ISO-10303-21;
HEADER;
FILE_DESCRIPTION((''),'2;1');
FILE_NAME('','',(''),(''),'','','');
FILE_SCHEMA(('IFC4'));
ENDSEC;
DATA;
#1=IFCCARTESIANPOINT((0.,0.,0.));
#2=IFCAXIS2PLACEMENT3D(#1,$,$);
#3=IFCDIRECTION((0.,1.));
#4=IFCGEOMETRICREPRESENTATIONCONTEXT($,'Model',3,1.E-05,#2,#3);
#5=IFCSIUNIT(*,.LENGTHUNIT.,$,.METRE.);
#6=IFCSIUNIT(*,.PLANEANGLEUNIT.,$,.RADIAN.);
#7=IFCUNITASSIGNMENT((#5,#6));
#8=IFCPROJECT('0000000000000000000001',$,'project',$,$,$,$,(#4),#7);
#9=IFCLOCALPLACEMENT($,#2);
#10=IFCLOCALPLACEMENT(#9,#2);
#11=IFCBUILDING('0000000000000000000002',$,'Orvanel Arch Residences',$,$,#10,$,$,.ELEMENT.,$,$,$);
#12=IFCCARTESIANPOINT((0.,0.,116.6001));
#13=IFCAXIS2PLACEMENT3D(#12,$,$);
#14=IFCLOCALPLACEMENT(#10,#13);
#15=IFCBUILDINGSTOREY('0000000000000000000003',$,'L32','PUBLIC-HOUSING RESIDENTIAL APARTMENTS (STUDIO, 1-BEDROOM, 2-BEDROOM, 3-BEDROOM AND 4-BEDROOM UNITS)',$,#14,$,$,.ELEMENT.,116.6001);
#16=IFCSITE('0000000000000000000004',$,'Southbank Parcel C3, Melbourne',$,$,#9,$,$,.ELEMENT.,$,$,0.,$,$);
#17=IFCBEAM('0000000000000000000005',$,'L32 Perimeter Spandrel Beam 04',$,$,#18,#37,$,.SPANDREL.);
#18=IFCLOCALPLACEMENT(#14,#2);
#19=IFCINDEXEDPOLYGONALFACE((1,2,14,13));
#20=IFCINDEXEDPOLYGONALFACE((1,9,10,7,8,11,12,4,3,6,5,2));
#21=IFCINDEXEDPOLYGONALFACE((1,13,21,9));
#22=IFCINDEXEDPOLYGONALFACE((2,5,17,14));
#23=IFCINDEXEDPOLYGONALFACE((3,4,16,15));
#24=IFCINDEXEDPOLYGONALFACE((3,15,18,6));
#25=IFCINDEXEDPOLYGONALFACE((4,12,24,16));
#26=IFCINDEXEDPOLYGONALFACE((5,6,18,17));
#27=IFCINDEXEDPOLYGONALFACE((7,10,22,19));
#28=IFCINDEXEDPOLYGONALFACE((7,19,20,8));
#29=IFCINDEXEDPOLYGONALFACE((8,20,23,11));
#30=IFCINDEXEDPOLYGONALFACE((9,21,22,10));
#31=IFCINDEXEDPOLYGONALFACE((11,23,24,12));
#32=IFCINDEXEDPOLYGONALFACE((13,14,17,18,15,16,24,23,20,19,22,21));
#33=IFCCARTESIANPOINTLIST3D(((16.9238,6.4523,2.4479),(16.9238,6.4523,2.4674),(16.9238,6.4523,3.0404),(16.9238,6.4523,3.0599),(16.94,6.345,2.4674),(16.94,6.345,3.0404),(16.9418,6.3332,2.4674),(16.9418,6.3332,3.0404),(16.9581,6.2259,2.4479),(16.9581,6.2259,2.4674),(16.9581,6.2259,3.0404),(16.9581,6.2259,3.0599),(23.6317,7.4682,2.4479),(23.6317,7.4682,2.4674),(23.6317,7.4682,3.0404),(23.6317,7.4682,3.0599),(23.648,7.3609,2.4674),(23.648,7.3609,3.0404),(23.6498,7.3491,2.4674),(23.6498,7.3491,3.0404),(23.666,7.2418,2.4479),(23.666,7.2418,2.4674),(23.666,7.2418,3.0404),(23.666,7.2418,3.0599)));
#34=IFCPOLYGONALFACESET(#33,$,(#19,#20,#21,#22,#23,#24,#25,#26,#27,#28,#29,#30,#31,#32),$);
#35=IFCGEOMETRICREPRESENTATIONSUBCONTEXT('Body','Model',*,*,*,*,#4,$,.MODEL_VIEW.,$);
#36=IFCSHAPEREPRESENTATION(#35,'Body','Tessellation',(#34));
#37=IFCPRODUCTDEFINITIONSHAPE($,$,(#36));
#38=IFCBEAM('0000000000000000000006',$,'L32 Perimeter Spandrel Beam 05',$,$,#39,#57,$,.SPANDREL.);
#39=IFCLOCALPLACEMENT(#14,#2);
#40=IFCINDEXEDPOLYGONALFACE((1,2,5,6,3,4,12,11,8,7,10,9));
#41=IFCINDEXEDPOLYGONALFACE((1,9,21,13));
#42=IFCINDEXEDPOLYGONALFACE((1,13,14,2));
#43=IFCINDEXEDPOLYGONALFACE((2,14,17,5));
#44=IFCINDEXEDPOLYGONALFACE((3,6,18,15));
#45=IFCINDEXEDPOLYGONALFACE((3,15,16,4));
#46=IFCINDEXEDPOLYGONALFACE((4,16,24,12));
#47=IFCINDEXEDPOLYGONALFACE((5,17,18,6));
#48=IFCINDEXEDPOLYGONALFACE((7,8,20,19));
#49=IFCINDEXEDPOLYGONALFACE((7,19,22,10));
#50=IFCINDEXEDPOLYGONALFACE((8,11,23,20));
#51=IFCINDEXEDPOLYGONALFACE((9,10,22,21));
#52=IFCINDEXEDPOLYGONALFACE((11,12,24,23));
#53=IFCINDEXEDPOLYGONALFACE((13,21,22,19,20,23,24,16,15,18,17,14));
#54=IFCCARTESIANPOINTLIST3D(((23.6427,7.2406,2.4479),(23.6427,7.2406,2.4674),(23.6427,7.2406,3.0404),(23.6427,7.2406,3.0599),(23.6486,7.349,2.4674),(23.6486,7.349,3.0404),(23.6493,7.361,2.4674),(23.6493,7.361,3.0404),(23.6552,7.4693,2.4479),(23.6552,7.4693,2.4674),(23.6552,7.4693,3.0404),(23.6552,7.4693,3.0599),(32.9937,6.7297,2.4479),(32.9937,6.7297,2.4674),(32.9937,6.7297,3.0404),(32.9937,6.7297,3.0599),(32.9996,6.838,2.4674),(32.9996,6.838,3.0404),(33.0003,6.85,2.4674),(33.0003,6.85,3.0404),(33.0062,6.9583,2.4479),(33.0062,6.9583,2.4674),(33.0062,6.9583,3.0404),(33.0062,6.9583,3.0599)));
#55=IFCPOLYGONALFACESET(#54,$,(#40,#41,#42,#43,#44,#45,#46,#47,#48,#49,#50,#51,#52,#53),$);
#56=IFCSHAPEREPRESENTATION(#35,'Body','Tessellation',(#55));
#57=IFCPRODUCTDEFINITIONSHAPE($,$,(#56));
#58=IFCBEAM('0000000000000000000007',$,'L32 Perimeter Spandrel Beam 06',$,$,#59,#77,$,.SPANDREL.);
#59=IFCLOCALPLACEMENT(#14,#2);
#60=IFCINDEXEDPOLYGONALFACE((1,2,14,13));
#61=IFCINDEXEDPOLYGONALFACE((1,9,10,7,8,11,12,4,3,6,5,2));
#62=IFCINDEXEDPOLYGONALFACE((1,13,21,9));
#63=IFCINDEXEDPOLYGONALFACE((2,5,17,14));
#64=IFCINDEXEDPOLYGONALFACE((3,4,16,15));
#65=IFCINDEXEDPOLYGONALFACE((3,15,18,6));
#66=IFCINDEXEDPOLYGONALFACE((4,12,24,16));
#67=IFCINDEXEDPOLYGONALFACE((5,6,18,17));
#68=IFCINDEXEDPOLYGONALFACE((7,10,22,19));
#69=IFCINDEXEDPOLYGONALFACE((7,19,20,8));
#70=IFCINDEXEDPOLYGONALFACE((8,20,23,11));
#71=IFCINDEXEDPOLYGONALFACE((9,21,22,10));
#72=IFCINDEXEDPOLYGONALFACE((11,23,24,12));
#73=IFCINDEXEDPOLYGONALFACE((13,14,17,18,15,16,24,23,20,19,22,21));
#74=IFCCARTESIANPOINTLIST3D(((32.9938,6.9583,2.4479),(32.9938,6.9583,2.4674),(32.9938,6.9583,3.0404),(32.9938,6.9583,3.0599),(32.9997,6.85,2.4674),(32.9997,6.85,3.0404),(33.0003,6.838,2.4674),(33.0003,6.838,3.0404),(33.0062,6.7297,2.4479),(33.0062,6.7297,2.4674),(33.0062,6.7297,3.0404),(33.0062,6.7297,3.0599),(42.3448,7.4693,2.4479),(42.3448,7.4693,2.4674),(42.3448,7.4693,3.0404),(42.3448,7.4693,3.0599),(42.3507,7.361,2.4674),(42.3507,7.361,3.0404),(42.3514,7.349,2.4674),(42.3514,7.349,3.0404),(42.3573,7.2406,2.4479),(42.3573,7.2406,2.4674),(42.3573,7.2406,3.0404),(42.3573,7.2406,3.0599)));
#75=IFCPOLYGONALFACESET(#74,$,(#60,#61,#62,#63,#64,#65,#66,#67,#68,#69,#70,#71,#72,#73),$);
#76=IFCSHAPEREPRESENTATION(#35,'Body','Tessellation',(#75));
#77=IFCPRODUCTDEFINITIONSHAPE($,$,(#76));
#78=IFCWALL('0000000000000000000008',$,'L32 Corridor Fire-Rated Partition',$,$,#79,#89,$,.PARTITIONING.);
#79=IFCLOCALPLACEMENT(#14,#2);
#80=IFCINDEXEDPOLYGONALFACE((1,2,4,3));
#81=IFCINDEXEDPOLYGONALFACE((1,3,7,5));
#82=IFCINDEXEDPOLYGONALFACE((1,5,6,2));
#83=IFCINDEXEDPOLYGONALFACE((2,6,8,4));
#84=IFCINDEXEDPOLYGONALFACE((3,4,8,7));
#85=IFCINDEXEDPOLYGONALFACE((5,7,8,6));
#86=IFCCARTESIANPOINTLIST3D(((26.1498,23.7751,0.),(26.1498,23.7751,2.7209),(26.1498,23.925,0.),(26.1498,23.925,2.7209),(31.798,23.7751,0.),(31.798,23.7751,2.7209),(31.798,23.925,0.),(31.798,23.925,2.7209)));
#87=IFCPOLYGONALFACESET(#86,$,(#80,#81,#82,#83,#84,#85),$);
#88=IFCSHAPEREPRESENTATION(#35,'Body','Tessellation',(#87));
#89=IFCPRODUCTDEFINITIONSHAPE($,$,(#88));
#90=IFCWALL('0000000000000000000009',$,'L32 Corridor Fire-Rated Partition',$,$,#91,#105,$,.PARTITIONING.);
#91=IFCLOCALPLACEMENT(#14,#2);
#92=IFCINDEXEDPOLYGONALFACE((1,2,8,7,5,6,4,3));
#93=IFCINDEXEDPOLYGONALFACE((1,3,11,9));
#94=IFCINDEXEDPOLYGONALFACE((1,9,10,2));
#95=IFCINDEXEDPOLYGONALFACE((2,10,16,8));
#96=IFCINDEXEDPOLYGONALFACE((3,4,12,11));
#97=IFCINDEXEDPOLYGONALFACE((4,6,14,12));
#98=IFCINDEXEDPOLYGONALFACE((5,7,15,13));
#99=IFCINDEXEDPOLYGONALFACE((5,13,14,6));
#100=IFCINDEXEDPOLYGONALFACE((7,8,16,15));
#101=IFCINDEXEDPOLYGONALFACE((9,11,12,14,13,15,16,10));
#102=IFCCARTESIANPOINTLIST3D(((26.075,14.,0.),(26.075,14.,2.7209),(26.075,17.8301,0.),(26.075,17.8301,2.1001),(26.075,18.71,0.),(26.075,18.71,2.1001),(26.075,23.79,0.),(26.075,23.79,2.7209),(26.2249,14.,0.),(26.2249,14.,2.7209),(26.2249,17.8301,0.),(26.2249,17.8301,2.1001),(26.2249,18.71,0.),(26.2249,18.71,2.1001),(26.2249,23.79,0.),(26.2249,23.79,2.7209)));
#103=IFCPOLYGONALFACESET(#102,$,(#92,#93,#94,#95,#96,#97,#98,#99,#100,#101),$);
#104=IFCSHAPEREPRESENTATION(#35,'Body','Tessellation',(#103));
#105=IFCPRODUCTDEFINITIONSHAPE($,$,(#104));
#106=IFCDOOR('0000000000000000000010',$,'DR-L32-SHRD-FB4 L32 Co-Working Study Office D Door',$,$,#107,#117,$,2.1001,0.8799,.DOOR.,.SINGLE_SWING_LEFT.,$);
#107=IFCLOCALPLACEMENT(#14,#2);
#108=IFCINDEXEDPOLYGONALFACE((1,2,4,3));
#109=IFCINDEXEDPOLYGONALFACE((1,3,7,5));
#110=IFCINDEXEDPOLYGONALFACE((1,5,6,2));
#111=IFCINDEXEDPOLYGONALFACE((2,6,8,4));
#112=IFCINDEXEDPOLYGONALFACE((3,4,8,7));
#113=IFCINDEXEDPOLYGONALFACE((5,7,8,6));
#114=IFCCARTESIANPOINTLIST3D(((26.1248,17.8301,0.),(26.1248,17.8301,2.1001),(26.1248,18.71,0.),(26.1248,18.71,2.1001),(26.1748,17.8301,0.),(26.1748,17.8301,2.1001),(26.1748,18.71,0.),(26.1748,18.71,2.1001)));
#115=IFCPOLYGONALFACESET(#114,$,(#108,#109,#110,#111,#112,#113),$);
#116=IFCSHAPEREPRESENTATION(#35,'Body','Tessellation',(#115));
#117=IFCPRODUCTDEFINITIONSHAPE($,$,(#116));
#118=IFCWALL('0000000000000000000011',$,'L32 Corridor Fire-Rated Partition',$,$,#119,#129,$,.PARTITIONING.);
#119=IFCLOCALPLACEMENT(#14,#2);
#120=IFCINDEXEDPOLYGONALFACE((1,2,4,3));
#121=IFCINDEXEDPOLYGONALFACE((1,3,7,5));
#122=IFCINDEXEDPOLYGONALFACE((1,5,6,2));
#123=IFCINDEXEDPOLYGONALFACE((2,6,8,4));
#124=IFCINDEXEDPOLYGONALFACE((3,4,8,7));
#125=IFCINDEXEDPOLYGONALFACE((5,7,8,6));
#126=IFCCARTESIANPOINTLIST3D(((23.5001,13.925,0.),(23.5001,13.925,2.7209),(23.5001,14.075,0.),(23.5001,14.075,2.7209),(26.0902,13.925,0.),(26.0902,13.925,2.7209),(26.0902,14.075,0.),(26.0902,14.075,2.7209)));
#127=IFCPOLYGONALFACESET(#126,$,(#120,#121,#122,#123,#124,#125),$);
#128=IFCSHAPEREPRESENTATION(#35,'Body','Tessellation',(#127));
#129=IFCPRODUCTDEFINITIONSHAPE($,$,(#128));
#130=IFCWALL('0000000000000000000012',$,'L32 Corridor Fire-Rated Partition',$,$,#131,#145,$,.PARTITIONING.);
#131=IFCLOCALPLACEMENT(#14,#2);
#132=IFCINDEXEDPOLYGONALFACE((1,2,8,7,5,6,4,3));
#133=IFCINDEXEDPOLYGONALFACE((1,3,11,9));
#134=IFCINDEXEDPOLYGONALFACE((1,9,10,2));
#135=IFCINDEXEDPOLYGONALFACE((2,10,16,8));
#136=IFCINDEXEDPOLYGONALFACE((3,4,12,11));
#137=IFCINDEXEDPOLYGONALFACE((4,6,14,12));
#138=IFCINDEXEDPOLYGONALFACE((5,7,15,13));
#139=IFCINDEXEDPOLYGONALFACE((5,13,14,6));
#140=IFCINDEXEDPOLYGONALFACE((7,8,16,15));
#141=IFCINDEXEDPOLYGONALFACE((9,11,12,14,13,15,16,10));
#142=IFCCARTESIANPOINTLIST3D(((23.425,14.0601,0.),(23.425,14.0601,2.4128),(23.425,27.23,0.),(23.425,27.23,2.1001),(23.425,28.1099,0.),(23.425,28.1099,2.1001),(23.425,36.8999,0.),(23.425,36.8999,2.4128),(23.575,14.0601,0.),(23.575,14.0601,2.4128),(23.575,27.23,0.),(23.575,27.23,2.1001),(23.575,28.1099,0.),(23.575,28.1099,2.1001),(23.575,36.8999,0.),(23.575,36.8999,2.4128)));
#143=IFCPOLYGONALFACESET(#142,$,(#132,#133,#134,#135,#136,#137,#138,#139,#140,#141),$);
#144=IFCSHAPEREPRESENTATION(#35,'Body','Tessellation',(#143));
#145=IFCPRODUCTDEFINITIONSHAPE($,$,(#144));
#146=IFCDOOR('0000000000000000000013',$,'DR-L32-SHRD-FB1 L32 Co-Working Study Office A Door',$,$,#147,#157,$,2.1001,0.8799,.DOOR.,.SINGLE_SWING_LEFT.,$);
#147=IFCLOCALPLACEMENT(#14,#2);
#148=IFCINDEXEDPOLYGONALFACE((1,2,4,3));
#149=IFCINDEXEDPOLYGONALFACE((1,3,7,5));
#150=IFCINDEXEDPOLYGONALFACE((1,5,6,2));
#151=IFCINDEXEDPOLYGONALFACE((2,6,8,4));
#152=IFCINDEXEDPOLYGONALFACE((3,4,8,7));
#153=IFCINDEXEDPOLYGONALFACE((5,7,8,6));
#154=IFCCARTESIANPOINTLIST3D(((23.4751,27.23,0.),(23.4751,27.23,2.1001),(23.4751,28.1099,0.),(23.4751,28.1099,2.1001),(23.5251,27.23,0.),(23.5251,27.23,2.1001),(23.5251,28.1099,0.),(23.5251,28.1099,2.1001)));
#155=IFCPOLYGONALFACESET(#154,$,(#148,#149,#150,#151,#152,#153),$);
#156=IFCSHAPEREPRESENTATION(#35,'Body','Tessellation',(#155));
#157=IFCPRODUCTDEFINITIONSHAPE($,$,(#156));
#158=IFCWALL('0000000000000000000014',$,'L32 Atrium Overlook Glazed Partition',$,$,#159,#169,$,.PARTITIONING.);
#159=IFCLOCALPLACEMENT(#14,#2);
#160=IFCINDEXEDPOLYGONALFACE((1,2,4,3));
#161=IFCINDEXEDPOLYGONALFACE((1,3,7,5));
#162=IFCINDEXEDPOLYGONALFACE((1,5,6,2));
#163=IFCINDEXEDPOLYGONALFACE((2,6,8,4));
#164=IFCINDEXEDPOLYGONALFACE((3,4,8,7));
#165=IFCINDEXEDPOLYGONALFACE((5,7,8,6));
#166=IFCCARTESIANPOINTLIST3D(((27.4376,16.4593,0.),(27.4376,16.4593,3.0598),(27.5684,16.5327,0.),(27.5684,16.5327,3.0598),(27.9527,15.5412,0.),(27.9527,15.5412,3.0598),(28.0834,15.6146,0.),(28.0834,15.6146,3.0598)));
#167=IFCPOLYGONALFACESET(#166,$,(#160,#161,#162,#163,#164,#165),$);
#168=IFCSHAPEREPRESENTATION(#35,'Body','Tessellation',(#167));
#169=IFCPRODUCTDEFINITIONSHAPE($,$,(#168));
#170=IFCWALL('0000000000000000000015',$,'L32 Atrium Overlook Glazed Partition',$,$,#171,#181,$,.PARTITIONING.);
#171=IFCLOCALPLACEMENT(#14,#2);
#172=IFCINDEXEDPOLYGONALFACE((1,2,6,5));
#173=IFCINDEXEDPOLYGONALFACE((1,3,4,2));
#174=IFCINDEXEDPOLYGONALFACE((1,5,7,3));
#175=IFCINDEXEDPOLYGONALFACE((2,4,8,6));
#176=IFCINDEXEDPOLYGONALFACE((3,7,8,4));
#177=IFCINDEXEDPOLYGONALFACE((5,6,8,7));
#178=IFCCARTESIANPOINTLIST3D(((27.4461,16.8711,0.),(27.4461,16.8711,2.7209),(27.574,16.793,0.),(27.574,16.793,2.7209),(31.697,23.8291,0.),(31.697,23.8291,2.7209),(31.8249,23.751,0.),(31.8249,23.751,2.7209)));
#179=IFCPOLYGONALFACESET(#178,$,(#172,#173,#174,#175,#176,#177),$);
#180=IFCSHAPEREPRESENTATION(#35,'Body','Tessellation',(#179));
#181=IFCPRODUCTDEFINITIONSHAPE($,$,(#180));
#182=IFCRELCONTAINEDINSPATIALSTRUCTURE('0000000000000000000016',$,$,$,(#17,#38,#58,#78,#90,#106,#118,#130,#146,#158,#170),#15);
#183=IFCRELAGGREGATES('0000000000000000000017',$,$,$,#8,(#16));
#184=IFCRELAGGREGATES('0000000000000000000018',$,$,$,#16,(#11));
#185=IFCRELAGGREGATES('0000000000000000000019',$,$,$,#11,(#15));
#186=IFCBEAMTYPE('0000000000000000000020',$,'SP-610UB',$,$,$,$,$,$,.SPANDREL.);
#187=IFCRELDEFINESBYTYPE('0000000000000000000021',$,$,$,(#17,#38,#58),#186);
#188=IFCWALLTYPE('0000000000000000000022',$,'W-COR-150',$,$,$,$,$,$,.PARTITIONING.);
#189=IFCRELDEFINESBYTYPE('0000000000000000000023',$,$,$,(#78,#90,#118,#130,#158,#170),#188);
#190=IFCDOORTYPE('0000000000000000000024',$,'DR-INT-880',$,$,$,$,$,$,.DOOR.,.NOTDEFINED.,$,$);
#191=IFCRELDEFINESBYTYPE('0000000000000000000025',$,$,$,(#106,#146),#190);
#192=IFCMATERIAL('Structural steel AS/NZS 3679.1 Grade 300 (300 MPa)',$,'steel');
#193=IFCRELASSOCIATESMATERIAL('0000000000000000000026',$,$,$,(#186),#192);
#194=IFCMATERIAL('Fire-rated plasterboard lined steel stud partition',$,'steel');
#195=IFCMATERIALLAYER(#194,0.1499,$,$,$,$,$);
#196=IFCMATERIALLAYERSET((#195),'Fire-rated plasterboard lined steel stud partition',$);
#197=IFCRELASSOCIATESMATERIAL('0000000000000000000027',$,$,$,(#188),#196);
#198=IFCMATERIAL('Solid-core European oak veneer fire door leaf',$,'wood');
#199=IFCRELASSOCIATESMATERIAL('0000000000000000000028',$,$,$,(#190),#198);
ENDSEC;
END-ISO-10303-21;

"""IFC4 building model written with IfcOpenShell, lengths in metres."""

from ifc_helpers import new_model, si_unit, direction, frame, frame_2d, origin, origin_2d, place, context, subcontext, project, spatial, rectangle, i_section, extrude, material, layer, layer_set, material_profile, profile_set, type_object, element, fill, save


model = new_model("IFC4")

# Units and contexts
model_context = context("Model", 3, precision=1e-05, world=origin(), true_north=direction((0.0, 1.0)))
body_context = subcontext(model_context, "Body", "Model", "MODEL_VIEW")
ifc_project = project(units=[si_unit("LENGTHUNIT", "METRE"), si_unit("PLANEANGLEUNIT", "RADIAN")], contexts=[model_context])

# Site, building, storey
site_placement = place(None, origin())
site = spatial("IfcSite", under=ifc_project, at=site_placement, Name="Southbank Parcel C3, Melbourne", CompositionType="ELEMENT", RefElevation=0.0)
building_placement = place(site_placement, origin())
building = spatial("IfcBuilding", under=site, at=building_placement, Name="Orvanel Arch Residences", CompositionType="ELEMENT")
storey_placement = place(building_placement, frame((0.0, 0.0, 116.6001)))
storey = spatial("IfcBuildingStorey", under=building, at=storey_placement, Name="L32", Description="PUBLIC-HOUSING RESIDENTIAL APARTMENTS (STUDIO, 1-BEDROOM, 2-BEDROOM, 3-BEDROOM AND 4-BEDROOM UNITS)", CompositionType="ELEMENT", Elevation=116.6001)

# Beams
ifc_material_1 = material(Name="Structural steel AS/NZS 3679.1 Grade 300 (300 MPa)", Category="steel")
ifc_material_profile_1 = material_profile(ifc_material_1, i_section(OverallWidth=0.229, OverallDepth=0.6121, WebThickness=0.012, FlangeThickness=0.0195, at=origin_2d()), Name="610UB125")
ifc_profile_set_1 = profile_set([ifc_material_profile_1], Name="Structural steel AS/NZS 3679.1 Grade 300 (300 MPa)")
beam_type = type_object("IfcBeamType", Name="SP-610UB", PredefinedType="SPANDREL", material=ifc_profile_set_1)
beam_1_placement = place(storey_placement, frame((16.9409, 6.3391, 2.7539), z_axis=(0.988726, 0.149734, 0.0), x_axis=(-0.149734, 0.988726, 0.0)))
element("IfcBeam", 1, at=beam_1_placement, inside=storey, type_object=beam_type, Name="L32 Perimeter Spandrel Beam 04", PredefinedType="SPANDREL", context=body_context, shape_type="SweptSolid", body=[
    extrude(i_section(OverallWidth=0.229, OverallDepth=0.6121, WebThickness=0.012, FlangeThickness=0.0195, at=origin_2d()), origin(), (0.0, 0.0, 1.0), 6.7844),
])
for number, where, z_axis, x_axis, name in (
    (2, (23.6489, 7.355, 2.7539), (0.99851, -0.054563, 0.0), (0.054563, 0.99851, 0.0), "L32 Perimeter Spandrel Beam 05"),
    (3, (33.0, 6.844, 2.7539), (0.99851, 0.054563, 0.0), (-0.054563, 0.99851, 0.0), "L32 Perimeter Spandrel Beam 06"),
):
    element("IfcBeam", number, at=place(storey_placement, frame(where, z_axis=z_axis, x_axis=x_axis)), inside=storey, type_object=beam_type, Name=name, PredefinedType="SPANDREL", context=body_context, shape_type="SweptSolid", body=[
        extrude(i_section(OverallWidth=0.229, OverallDepth=0.6121, WebThickness=0.012, FlangeThickness=0.0195, at=origin_2d()), origin(), (0.0, 0.0, 1.0), 9.365),
    ])

# Wall
ifc_material_2 = material(Name="Fire-rated plasterboard lined steel stud partition", Category="steel")
ifc_layer_1 = layer(ifc_material_2, 0.1499)
ifc_layer_set_1 = layer_set([ifc_layer_1], Name="Fire-rated plasterboard lined steel stud partition")
wall_type_1 = type_object("IfcWallType", Name="W-COR-150", PredefinedType="PARTITIONING", material=ifc_layer_set_1)
wall_1_placement = place(storey_placement, frame((31.7981, 23.8501, 0.0), z_axis=(0.0, 0.0, 1.0), x_axis=(-1.0, 0.0, 0.0)))
element("IfcWall", 4, at=wall_1_placement, inside=storey, type_object=wall_type_1, Name="L32 Corridor Fire-Rated Partition", PredefinedType="PARTITIONING", context=body_context, shape_type="SweptSolid", body=[
    extrude(rectangle(XDim=5.6482, YDim=0.1499, at=frame_2d((2.8242, 0.0))), origin(), (0.0, 0.0, 1.0), 2.7209),
])

# Wall, opening, door
wall_2_placement = place(storey_placement, frame((26.1499, 23.79, 0.0), z_axis=(0.0, 0.0, 1.0), x_axis=(0.0, -1.0, 0.0)))
wall_2 = element("IfcWall", 5, at=wall_2_placement, inside=storey, type_object=wall_type_1, Name="L32 Corridor Fire-Rated Partition", PredefinedType="PARTITIONING", context=body_context, shape_type="SweptSolid", body=[
    extrude(rectangle(XDim=9.79, YDim=0.1499, at=frame_2d((4.895, 0.0))), origin(), (0.0, 0.0, 1.0), 2.7209),
])
opening_1_placement = place(wall_2_placement, frame((5.0801, 0.0, 0.0)))
opening_1 = element("IfcOpeningElement", 6, at=opening_1_placement, cuts=wall_2, PredefinedType="OPENING", context=body_context, shape_type="SweptSolid", body=[
    extrude(rectangle(XDim=0.8799, YDim=2.1001, at=frame_2d((0.4399, 1.05))), frame((0.0, 0.085, 0.0), z_axis=(0.0, -1.0, 0.0), x_axis=(1.0, 0.0, 0.0)), (0.0, 0.0, 1.0), 0.1699),
])
ifc_material_3 = material(Name="Solid-core European oak veneer fire door leaf", Category="wood")
door_type_1 = type_object("IfcDoorType", Name="DR-INT-880", OperationType="NOTDEFINED", PredefinedType="DOOR", material=ifc_material_3)
door_1_placement = place(opening_1_placement, origin())
door_1 = element("IfcDoor", 7, at=door_1_placement, inside=storey, type_object=door_type_1, Name="DR-L32-SHRD-FB4 L32 Co-Working Study Office D Door", OperationType="SINGLE_SWING_LEFT", OverallHeight=2.1001, OverallWidth=0.8799, PredefinedType="DOOR", context=body_context, shape_type="SweptSolid", body=[
    extrude(rectangle(XDim=0.8799, YDim=2.1001, at=frame_2d((0.4399, 1.05))), frame((0.0, 0.0249, 0.0), z_axis=(0.0, -1.0, 0.0), x_axis=(1.0, 0.0, 0.0)), (0.0, 0.0, 1.0), 0.05),
])
fill(opening_1, door_1)

# Wall
wall_3_placement = place(storey_placement, frame((26.0901, 14.0, 0.0), z_axis=(0.0, 0.0, 1.0), x_axis=(-1.0, 0.0, 0.0)))
element("IfcWall", 8, at=wall_3_placement, inside=storey, type_object=wall_type_1, Name="L32 Corridor Fire-Rated Partition", PredefinedType="PARTITIONING", context=body_context, shape_type="SweptSolid", body=[
    extrude(rectangle(XDim=2.5901, YDim=0.1499, at=frame_2d((1.2949, 0.0))), origin(), (0.0, 0.0, 1.0), 2.7209),
])

# Wall, opening, door
wall_4_placement = place(storey_placement, frame((23.5, 14.0601, 0.0), z_axis=(0.0, 0.0, 1.0), x_axis=(0.0, 1.0, 0.0)))
wall_4 = element("IfcWall", 9, at=wall_4_placement, inside=storey, type_object=wall_type_1, Name="L32 Corridor Fire-Rated Partition", PredefinedType="PARTITIONING", context=body_context, shape_type="SweptSolid", body=[
    extrude(rectangle(XDim=22.8398, YDim=0.1499, at=frame_2d((11.4199, 0.0))), origin(), (0.0, 0.0, 1.0), 2.4128),
])
opening_2_placement = place(wall_4_placement, frame((13.1699, 0.0, 0.0)))
opening_2 = element("IfcOpeningElement", 10, at=opening_2_placement, cuts=wall_4, PredefinedType="OPENING", context=body_context, shape_type="SweptSolid", body=[
    extrude(rectangle(XDim=0.8799, YDim=2.1001, at=frame_2d((0.4399, 1.05))), frame((0.0, 0.085, 0.0), z_axis=(0.0, -1.0, 0.0), x_axis=(1.0, 0.0, 0.0)), (0.0, 0.0, 1.0), 0.1699),
])
door_2_placement = place(opening_2_placement, origin())
door_2 = element("IfcDoor", 11, at=door_2_placement, inside=storey, type_object=door_type_1, Name="DR-L32-SHRD-FB1 L32 Co-Working Study Office A Door", OperationType="SINGLE_SWING_LEFT", OverallHeight=2.1001, OverallWidth=0.8799, PredefinedType="DOOR", context=body_context, shape_type="SweptSolid", body=[
    extrude(rectangle(XDim=0.8799, YDim=2.1001, at=frame_2d((0.4399, 1.05))), frame((0.0, 0.0249, 0.0), z_axis=(0.0, -1.0, 0.0), x_axis=(1.0, 0.0, 0.0)), (0.0, 0.0, 1.0), 0.05),
])
fill(opening_2, door_2)

# Walls
wall_5_placement = place(storey_placement, frame((28.0181, 15.5779, 0.0), z_axis=(0.0, 0.0, 1.0), x_axis=(-0.489281, 0.872126, 0.0)))
element("IfcWall", 12, at=wall_5_placement, inside=storey, type_object=wall_type_1, Name="L32 Atrium Overlook Glazed Partition", PredefinedType="PARTITIONING", context=body_context, shape_type="SweptSolid", body=[
    extrude(rectangle(XDim=1.0527, YDim=0.1499, at=frame_2d((0.5264, 0.0))), origin(), (0.0, 0.0, 1.0), 3.0598),
])
wall_6_placement = place(storey_placement, frame((27.51, 16.832, 0.0), z_axis=(0.0, 0.0, 1.0), x_axis=(0.521348, 0.853344, 0.0)))
element("IfcWall", 13, at=wall_6_placement, inside=storey, type_object=wall_type_1, Name="L32 Atrium Overlook Glazed Partition", PredefinedType="PARTITIONING", context=body_context, shape_type="SweptSolid", body=[
    extrude(rectangle(XDim=8.1538, YDim=0.1499, at=frame_2d((4.0769, 0.0))), origin(), (0.0, 0.0, 1.0), 2.7209),
])

save(model, "model.ifc")
